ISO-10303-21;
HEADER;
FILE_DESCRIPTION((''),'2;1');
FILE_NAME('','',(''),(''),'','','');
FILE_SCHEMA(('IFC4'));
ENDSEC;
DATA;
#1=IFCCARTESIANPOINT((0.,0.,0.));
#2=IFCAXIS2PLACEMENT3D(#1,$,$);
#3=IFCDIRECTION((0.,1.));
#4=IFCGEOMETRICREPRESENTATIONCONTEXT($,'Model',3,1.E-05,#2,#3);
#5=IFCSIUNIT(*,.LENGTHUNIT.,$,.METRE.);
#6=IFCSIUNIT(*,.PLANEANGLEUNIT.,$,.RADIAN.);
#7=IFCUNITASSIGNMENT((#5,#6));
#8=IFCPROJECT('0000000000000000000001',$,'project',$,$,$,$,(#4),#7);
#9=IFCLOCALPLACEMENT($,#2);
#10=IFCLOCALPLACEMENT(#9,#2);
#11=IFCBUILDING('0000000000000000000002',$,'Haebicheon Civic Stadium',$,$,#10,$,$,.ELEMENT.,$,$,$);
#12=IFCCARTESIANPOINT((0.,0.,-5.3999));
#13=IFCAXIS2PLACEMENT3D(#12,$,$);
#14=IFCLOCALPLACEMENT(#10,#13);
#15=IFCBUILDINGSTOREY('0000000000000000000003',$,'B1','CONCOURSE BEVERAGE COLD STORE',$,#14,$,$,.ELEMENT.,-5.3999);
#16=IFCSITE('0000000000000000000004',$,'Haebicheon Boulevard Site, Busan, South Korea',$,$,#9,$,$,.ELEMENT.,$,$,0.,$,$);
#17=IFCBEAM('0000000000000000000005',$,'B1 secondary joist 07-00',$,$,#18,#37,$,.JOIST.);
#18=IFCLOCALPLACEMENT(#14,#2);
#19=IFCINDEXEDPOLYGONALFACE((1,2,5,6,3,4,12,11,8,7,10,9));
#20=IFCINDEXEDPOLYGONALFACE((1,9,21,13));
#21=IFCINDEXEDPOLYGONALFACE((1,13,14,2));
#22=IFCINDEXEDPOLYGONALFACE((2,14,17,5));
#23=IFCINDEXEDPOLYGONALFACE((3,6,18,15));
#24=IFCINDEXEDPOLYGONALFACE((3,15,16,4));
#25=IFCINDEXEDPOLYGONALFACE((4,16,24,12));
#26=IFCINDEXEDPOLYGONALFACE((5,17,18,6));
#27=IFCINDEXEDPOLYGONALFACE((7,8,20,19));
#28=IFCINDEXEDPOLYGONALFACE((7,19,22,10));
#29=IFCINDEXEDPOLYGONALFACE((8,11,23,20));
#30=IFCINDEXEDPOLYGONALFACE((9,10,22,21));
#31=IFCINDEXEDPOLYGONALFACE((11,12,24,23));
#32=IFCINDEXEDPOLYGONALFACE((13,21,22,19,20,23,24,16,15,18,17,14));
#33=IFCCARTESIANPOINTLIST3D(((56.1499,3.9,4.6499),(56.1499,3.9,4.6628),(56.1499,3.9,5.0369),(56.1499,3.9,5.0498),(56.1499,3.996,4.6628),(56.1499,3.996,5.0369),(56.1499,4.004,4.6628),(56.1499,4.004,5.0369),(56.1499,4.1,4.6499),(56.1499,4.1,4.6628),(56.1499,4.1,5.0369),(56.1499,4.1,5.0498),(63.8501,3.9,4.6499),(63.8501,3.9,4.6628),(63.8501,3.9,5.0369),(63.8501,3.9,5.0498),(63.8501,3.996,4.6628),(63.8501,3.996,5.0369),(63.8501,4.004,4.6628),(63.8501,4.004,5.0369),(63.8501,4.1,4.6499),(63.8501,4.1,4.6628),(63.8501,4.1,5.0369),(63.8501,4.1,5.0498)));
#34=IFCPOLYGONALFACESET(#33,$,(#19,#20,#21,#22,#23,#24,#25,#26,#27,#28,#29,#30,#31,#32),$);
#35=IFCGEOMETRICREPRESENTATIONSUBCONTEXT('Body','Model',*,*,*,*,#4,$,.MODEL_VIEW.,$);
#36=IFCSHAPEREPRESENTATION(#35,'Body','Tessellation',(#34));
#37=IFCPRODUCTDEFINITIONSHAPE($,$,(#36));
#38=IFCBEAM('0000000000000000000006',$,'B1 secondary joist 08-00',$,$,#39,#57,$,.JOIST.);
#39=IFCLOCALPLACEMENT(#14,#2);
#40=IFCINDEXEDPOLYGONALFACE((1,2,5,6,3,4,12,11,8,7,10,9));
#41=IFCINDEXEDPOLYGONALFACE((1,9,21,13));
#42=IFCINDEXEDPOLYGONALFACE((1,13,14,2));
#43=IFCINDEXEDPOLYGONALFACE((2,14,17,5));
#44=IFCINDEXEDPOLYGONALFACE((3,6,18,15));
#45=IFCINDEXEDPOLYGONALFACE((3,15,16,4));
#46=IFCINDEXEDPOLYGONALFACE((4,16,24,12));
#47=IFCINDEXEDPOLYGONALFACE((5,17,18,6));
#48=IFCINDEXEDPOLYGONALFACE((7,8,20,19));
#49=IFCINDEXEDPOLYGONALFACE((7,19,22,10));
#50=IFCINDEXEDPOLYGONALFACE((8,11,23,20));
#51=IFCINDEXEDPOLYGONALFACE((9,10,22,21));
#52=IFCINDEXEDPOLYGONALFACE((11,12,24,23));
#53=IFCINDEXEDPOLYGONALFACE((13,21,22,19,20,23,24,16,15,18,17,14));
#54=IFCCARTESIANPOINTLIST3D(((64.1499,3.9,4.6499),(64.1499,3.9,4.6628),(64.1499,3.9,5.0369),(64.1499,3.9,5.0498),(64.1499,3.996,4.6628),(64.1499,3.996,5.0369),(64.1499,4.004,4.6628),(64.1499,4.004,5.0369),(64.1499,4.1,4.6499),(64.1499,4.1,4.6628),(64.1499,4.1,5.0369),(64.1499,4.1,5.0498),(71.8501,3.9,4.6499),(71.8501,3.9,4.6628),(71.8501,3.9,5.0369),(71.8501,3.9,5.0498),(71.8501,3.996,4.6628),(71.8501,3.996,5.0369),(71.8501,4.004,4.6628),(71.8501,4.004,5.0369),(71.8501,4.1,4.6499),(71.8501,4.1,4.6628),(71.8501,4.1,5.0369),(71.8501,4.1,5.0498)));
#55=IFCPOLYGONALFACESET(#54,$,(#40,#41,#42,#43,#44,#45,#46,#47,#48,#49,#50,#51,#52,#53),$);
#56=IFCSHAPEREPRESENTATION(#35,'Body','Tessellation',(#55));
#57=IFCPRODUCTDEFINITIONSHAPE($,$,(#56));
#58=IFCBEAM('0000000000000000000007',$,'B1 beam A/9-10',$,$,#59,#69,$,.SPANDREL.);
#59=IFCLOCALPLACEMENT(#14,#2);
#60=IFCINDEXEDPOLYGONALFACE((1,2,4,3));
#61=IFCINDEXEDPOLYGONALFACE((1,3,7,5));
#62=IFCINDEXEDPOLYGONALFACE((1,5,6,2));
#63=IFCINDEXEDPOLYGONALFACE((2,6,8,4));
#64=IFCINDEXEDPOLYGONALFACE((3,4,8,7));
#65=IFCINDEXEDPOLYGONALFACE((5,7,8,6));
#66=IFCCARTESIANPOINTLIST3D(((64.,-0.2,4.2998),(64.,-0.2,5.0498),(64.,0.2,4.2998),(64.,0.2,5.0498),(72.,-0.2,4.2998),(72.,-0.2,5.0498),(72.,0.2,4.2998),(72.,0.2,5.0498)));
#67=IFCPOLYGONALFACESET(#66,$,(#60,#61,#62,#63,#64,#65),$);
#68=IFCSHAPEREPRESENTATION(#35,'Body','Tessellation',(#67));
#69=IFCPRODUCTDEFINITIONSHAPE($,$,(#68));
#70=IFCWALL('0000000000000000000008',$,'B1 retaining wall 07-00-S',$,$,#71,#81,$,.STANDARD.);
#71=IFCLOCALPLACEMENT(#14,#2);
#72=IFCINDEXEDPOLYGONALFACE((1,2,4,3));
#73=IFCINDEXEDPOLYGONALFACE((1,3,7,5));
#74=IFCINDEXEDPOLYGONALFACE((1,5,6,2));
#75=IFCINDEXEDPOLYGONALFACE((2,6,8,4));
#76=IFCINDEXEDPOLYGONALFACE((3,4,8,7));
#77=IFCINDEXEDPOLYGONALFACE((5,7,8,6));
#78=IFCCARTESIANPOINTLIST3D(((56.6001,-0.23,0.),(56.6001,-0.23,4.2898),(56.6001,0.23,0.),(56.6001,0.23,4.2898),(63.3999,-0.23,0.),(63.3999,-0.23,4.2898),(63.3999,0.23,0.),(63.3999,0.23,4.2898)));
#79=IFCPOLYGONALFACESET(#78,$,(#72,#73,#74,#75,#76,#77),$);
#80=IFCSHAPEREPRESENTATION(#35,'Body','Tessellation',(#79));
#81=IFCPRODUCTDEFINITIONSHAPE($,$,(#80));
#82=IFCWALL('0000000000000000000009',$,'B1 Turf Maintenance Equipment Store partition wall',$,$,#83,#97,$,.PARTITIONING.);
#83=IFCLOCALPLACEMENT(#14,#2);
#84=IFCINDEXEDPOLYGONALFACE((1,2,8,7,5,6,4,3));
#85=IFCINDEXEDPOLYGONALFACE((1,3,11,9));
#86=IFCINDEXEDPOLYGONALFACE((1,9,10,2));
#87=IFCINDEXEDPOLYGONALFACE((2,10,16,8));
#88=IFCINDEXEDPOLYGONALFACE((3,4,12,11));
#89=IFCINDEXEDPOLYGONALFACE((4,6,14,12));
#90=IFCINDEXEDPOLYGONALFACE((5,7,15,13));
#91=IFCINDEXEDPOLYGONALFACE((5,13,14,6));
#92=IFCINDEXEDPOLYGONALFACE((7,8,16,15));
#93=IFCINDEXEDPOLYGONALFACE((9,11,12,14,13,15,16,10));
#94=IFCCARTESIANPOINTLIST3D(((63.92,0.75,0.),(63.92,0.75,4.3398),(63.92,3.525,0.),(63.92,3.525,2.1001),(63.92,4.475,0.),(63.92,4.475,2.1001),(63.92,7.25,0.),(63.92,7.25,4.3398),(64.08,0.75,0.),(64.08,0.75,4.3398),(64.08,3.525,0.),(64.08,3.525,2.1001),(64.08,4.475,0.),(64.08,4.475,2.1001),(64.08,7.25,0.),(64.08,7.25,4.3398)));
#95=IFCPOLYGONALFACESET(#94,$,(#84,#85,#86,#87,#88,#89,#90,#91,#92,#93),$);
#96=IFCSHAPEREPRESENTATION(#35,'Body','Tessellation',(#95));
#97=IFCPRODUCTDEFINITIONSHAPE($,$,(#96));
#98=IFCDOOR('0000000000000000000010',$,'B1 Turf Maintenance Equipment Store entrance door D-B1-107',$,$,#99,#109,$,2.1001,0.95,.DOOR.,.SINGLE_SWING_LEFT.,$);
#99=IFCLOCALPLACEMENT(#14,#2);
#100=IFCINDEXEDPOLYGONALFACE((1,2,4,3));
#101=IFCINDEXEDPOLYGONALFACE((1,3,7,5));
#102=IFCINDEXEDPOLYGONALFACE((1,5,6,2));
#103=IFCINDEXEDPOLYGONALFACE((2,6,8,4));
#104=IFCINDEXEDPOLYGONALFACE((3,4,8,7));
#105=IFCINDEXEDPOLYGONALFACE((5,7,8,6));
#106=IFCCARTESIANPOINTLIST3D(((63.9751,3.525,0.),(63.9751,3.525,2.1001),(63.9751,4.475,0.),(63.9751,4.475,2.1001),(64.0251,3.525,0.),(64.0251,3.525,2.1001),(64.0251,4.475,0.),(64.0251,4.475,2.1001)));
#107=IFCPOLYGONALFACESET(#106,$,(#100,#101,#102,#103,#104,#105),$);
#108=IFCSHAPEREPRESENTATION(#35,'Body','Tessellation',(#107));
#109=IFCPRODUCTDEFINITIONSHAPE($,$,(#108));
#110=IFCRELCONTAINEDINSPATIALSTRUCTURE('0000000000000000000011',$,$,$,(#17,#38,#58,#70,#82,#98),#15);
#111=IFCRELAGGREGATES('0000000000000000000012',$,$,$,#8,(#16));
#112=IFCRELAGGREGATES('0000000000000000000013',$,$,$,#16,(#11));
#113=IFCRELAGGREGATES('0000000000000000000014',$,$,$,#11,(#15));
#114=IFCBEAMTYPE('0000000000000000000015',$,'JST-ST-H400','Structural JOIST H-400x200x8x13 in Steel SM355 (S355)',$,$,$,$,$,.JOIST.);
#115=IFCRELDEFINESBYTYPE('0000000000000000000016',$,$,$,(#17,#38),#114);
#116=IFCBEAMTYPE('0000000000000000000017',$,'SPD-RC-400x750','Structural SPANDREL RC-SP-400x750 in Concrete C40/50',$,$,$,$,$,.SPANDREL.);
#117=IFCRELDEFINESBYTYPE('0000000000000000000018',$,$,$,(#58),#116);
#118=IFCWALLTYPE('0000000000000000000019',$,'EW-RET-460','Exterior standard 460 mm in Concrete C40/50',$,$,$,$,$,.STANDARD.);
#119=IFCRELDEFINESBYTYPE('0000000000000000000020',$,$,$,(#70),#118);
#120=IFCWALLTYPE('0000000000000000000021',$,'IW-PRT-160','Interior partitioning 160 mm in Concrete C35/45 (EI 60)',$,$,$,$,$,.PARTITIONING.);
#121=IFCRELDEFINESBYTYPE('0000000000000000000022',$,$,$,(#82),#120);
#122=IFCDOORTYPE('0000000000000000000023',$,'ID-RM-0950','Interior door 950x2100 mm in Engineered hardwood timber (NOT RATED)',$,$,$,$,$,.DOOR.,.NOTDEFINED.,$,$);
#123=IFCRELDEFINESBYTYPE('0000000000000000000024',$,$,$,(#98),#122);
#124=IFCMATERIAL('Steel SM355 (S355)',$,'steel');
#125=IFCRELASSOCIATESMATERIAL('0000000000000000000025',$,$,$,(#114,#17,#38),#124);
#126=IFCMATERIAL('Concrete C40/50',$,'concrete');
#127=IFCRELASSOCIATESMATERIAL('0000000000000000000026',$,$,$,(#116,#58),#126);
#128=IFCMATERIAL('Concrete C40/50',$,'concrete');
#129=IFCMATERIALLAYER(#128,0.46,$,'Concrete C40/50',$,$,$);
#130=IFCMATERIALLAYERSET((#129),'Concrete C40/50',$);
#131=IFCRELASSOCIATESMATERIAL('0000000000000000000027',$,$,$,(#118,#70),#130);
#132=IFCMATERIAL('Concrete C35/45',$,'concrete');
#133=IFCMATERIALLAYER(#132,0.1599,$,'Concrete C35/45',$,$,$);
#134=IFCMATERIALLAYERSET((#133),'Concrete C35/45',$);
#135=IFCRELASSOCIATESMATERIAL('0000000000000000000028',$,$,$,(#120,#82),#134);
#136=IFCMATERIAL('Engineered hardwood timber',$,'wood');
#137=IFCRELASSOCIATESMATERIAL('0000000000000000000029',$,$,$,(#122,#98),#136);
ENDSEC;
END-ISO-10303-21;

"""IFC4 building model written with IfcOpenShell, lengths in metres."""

from ifc_helpers import new_model, si_unit, direction, frame, frame_2d, origin, origin_2d, place, context, subcontext, project, spatial, rectangle, i_section, extrude, material, layer, layer_set, material_profile, profile_set, type_object, element, fill, save


model = new_model("IFC4")

# Units and contexts
model_context = context("Model", 3, precision=1e-05, world=origin(), true_north=direction((0.0, 1.0)))
body_context = subcontext(model_context, "Body", "Model", "MODEL_VIEW")
ifc_project = project(units=[si_unit("LENGTHUNIT", "METRE"), si_unit("PLANEANGLEUNIT", "RADIAN")], contexts=[model_context])

# Site, building, storey
site_placement = place(None, origin())
site = spatial("IfcSite", under=ifc_project, at=site_placement, Name="Haebicheon Boulevard Site, Busan, South Korea", CompositionType="ELEMENT", RefElevation=0.0)
building_placement = place(site_placement, origin())
building = spatial("IfcBuilding", under=site, at=building_placement, Name="Haebicheon Civic Stadium", CompositionType="ELEMENT")
storey_placement = place(building_placement, frame((0.0, 0.0, -5.3999)))
storey = spatial("IfcBuildingStorey", under=building, at=storey_placement, Name="B1", Description="CONCOURSE BEVERAGE COLD STORE", CompositionType="ELEMENT", Elevation=-5.3999)

# Beams
ifc_material_1 = material(Name="Steel SM355 (S355)", Category="steel")
ifc_material_profile_1 = material_profile(ifc_material_1, i_section(OverallWidth=0.2, OverallDepth=0.3999, WebThickness=0.0081, FlangeThickness=0.0129, at=origin_2d()), Name="H-400x200x8x13")
ifc_profile_set_1 = profile_set([ifc_material_profile_1], Name="Steel SM355 (S355)")
beam_type_1 = type_object("IfcBeamType", Name="JST-ST-H400", Description="Structural JOIST H-400x200x8x13 in Steel SM355 (S355)", PredefinedType="JOIST", material=ifc_profile_set_1)
for number, where, z_axis, x_axis, name in (
    (1, (56.1499, 4.0, 4.8499), (1.0, 0.0, 0.0), (0.0, 1.0, 0.0), "B1 secondary joist 07-00"),
    (2, (64.1499, 4.0, 4.8499), (1.0, 0.0, 0.0), (0.0, 1.0, 0.0), "B1 secondary joist 08-00"),
):
    element("IfcBeam", number, at=place(storey_placement, frame(where, z_axis=z_axis, x_axis=x_axis)), inside=storey, type_object=beam_type_1, material=ifc_profile_set_1, Name=name, PredefinedType="JOIST", context=body_context, shape_type="SweptSolid", body=[
        extrude(i_section(OverallWidth=0.2, OverallDepth=0.3999, WebThickness=0.0081, FlangeThickness=0.0129, at=origin_2d()), origin(), (0.0, 0.0, 1.0), 7.7002),
    ])
ifc_material_2 = material(Name="Concrete C40/50", Category="concrete")
ifc_material_profile_2 = material_profile(ifc_material_2, rectangle(XDim=0.3999, YDim=0.75, at=origin_2d()), Name="RC-SP-400x750")
ifc_profile_set_2 = profile_set([ifc_material_profile_2], Name="Concrete C40/50")
beam_type_2 = type_object("IfcBeamType", Name="SPD-RC-400x750", Description="Structural SPANDREL RC-SP-400x750 in Concrete C40/50", PredefinedType="SPANDREL", material=ifc_profile_set_2)
beam_placement = place(storey_placement, frame((64.0, 0.0, 4.6748), z_axis=(1.0, 0.0, 0.0), x_axis=(0.0, 1.0, 0.0)))
element("IfcBeam", 3, at=beam_placement, inside=storey, type_object=beam_type_2, material=ifc_profile_set_2, Name="B1 beam A/9-10", PredefinedType="SPANDREL", context=body_context, shape_type="SweptSolid", body=[
    extrude(rectangle(XDim=0.3999, YDim=0.75, at=origin_2d()), origin(), (0.0, 0.0, 1.0), 8.0),
])

# Wall
ifc_material_3 = material(Name="Concrete C40/50", Category="concrete")
ifc_layer_1 = layer(ifc_material_3, 0.46, Name="Concrete C40/50")
ifc_layer_set_1 = layer_set([ifc_layer_1], Name="Concrete C40/50")
wall_type_1 = type_object("IfcWallType", Name="EW-RET-460", Description="Exterior standard 460 mm in Concrete C40/50", PredefinedType="STANDARD", material=ifc_layer_set_1)
wall_1_placement = place(storey_placement, frame((56.6001, 0.0, 0.0), z_axis=(0.0, 0.0, 1.0), x_axis=(1.0, 0.0, 0.0)))
element("IfcWall", 4, at=wall_1_placement, inside=storey, type_object=wall_type_1, material=ifc_layer_set_1, Name="B1 retaining wall 07-00-S", PredefinedType="STANDARD", context=body_context, shape_type="SweptSolid", body=[
    extrude(rectangle(XDim=6.7998, YDim=0.46, at=frame_2d((3.3999, 0.0))), origin(), (0.0, 0.0, 1.0), 4.2898),
])

# Wall, opening, door
ifc_material_4 = material(Name="Concrete C35/45", Category="concrete")
ifc_layer_2 = layer(ifc_material_4, 0.1599, Name="Concrete C35/45")
ifc_layer_set_2 = layer_set([ifc_layer_2], Name="Concrete C35/45")
wall_type_2 = type_object("IfcWallType", Name="IW-PRT-160", Description="Interior partitioning 160 mm in Concrete C35/45 (EI 60)", PredefinedType="PARTITIONING", material=ifc_layer_set_2)
wall_2_placement = place(storey_placement, frame((64.0, 0.75, 0.0), z_axis=(0.0, 0.0, 1.0), x_axis=(0.0, 1.0, 0.0)))
wall_2 = element("IfcWall", 5, at=wall_2_placement, inside=storey, type_object=wall_type_2, material=ifc_layer_set_2, Name="B1 Turf Maintenance Equipment Store partition wall", PredefinedType="PARTITIONING", context=body_context, shape_type="SweptSolid", body=[
    extrude(rectangle(XDim=6.5, YDim=0.1599, at=frame_2d((3.25, 0.0))), origin(), (0.0, 0.0, 1.0), 4.3398),
])
opening_placement = place(wall_2_placement, frame((2.7749, 0.0, 0.0)))
opening = element("IfcOpeningElement", 6, at=opening_placement, cuts=wall_2, PredefinedType="OPENING", context=body_context, shape_type="SweptSolid", body=[
    extrude(rectangle(XDim=0.95, YDim=2.1001, at=frame_2d((0.4751, 1.05))), frame((0.0, 0.0898, 0.0), z_axis=(0.0, -1.0, 0.0), x_axis=(1.0, 0.0, 0.0)), (0.0, 0.0, 1.0), 0.1799),
])
ifc_material_5 = material(Name="Engineered hardwood timber", Category="wood")
door_type = type_object("IfcDoorType", Name="ID-RM-0950", Description="Interior door 950x2100 mm in Engineered hardwood timber (NOT RATED)", OperationType="NOTDEFINED", PredefinedType="DOOR", material=ifc_material_5)
door_placement = place(opening_placement, origin())
door = element("IfcDoor", 7, at=door_placement, inside=storey, type_object=door_type, material=ifc_material_5, Name="B1 Turf Maintenance Equipment Store entrance door D-B1-107", OperationType="SINGLE_SWING_LEFT", OverallHeight=2.1001, OverallWidth=0.95, PredefinedType="DOOR", context=body_context, shape_type="SweptSolid", body=[
    extrude(rectangle(XDim=0.95, YDim=2.1001, at=frame_2d((0.4751, 1.05))), frame((0.0, 0.0249, 0.0), z_axis=(0.0, -1.0, 0.0), x_axis=(1.0, 0.0, 0.0)), (0.0, 0.0, 1.0), 0.05),
])
fill(opening, door)

save(model, "model.ifc")
